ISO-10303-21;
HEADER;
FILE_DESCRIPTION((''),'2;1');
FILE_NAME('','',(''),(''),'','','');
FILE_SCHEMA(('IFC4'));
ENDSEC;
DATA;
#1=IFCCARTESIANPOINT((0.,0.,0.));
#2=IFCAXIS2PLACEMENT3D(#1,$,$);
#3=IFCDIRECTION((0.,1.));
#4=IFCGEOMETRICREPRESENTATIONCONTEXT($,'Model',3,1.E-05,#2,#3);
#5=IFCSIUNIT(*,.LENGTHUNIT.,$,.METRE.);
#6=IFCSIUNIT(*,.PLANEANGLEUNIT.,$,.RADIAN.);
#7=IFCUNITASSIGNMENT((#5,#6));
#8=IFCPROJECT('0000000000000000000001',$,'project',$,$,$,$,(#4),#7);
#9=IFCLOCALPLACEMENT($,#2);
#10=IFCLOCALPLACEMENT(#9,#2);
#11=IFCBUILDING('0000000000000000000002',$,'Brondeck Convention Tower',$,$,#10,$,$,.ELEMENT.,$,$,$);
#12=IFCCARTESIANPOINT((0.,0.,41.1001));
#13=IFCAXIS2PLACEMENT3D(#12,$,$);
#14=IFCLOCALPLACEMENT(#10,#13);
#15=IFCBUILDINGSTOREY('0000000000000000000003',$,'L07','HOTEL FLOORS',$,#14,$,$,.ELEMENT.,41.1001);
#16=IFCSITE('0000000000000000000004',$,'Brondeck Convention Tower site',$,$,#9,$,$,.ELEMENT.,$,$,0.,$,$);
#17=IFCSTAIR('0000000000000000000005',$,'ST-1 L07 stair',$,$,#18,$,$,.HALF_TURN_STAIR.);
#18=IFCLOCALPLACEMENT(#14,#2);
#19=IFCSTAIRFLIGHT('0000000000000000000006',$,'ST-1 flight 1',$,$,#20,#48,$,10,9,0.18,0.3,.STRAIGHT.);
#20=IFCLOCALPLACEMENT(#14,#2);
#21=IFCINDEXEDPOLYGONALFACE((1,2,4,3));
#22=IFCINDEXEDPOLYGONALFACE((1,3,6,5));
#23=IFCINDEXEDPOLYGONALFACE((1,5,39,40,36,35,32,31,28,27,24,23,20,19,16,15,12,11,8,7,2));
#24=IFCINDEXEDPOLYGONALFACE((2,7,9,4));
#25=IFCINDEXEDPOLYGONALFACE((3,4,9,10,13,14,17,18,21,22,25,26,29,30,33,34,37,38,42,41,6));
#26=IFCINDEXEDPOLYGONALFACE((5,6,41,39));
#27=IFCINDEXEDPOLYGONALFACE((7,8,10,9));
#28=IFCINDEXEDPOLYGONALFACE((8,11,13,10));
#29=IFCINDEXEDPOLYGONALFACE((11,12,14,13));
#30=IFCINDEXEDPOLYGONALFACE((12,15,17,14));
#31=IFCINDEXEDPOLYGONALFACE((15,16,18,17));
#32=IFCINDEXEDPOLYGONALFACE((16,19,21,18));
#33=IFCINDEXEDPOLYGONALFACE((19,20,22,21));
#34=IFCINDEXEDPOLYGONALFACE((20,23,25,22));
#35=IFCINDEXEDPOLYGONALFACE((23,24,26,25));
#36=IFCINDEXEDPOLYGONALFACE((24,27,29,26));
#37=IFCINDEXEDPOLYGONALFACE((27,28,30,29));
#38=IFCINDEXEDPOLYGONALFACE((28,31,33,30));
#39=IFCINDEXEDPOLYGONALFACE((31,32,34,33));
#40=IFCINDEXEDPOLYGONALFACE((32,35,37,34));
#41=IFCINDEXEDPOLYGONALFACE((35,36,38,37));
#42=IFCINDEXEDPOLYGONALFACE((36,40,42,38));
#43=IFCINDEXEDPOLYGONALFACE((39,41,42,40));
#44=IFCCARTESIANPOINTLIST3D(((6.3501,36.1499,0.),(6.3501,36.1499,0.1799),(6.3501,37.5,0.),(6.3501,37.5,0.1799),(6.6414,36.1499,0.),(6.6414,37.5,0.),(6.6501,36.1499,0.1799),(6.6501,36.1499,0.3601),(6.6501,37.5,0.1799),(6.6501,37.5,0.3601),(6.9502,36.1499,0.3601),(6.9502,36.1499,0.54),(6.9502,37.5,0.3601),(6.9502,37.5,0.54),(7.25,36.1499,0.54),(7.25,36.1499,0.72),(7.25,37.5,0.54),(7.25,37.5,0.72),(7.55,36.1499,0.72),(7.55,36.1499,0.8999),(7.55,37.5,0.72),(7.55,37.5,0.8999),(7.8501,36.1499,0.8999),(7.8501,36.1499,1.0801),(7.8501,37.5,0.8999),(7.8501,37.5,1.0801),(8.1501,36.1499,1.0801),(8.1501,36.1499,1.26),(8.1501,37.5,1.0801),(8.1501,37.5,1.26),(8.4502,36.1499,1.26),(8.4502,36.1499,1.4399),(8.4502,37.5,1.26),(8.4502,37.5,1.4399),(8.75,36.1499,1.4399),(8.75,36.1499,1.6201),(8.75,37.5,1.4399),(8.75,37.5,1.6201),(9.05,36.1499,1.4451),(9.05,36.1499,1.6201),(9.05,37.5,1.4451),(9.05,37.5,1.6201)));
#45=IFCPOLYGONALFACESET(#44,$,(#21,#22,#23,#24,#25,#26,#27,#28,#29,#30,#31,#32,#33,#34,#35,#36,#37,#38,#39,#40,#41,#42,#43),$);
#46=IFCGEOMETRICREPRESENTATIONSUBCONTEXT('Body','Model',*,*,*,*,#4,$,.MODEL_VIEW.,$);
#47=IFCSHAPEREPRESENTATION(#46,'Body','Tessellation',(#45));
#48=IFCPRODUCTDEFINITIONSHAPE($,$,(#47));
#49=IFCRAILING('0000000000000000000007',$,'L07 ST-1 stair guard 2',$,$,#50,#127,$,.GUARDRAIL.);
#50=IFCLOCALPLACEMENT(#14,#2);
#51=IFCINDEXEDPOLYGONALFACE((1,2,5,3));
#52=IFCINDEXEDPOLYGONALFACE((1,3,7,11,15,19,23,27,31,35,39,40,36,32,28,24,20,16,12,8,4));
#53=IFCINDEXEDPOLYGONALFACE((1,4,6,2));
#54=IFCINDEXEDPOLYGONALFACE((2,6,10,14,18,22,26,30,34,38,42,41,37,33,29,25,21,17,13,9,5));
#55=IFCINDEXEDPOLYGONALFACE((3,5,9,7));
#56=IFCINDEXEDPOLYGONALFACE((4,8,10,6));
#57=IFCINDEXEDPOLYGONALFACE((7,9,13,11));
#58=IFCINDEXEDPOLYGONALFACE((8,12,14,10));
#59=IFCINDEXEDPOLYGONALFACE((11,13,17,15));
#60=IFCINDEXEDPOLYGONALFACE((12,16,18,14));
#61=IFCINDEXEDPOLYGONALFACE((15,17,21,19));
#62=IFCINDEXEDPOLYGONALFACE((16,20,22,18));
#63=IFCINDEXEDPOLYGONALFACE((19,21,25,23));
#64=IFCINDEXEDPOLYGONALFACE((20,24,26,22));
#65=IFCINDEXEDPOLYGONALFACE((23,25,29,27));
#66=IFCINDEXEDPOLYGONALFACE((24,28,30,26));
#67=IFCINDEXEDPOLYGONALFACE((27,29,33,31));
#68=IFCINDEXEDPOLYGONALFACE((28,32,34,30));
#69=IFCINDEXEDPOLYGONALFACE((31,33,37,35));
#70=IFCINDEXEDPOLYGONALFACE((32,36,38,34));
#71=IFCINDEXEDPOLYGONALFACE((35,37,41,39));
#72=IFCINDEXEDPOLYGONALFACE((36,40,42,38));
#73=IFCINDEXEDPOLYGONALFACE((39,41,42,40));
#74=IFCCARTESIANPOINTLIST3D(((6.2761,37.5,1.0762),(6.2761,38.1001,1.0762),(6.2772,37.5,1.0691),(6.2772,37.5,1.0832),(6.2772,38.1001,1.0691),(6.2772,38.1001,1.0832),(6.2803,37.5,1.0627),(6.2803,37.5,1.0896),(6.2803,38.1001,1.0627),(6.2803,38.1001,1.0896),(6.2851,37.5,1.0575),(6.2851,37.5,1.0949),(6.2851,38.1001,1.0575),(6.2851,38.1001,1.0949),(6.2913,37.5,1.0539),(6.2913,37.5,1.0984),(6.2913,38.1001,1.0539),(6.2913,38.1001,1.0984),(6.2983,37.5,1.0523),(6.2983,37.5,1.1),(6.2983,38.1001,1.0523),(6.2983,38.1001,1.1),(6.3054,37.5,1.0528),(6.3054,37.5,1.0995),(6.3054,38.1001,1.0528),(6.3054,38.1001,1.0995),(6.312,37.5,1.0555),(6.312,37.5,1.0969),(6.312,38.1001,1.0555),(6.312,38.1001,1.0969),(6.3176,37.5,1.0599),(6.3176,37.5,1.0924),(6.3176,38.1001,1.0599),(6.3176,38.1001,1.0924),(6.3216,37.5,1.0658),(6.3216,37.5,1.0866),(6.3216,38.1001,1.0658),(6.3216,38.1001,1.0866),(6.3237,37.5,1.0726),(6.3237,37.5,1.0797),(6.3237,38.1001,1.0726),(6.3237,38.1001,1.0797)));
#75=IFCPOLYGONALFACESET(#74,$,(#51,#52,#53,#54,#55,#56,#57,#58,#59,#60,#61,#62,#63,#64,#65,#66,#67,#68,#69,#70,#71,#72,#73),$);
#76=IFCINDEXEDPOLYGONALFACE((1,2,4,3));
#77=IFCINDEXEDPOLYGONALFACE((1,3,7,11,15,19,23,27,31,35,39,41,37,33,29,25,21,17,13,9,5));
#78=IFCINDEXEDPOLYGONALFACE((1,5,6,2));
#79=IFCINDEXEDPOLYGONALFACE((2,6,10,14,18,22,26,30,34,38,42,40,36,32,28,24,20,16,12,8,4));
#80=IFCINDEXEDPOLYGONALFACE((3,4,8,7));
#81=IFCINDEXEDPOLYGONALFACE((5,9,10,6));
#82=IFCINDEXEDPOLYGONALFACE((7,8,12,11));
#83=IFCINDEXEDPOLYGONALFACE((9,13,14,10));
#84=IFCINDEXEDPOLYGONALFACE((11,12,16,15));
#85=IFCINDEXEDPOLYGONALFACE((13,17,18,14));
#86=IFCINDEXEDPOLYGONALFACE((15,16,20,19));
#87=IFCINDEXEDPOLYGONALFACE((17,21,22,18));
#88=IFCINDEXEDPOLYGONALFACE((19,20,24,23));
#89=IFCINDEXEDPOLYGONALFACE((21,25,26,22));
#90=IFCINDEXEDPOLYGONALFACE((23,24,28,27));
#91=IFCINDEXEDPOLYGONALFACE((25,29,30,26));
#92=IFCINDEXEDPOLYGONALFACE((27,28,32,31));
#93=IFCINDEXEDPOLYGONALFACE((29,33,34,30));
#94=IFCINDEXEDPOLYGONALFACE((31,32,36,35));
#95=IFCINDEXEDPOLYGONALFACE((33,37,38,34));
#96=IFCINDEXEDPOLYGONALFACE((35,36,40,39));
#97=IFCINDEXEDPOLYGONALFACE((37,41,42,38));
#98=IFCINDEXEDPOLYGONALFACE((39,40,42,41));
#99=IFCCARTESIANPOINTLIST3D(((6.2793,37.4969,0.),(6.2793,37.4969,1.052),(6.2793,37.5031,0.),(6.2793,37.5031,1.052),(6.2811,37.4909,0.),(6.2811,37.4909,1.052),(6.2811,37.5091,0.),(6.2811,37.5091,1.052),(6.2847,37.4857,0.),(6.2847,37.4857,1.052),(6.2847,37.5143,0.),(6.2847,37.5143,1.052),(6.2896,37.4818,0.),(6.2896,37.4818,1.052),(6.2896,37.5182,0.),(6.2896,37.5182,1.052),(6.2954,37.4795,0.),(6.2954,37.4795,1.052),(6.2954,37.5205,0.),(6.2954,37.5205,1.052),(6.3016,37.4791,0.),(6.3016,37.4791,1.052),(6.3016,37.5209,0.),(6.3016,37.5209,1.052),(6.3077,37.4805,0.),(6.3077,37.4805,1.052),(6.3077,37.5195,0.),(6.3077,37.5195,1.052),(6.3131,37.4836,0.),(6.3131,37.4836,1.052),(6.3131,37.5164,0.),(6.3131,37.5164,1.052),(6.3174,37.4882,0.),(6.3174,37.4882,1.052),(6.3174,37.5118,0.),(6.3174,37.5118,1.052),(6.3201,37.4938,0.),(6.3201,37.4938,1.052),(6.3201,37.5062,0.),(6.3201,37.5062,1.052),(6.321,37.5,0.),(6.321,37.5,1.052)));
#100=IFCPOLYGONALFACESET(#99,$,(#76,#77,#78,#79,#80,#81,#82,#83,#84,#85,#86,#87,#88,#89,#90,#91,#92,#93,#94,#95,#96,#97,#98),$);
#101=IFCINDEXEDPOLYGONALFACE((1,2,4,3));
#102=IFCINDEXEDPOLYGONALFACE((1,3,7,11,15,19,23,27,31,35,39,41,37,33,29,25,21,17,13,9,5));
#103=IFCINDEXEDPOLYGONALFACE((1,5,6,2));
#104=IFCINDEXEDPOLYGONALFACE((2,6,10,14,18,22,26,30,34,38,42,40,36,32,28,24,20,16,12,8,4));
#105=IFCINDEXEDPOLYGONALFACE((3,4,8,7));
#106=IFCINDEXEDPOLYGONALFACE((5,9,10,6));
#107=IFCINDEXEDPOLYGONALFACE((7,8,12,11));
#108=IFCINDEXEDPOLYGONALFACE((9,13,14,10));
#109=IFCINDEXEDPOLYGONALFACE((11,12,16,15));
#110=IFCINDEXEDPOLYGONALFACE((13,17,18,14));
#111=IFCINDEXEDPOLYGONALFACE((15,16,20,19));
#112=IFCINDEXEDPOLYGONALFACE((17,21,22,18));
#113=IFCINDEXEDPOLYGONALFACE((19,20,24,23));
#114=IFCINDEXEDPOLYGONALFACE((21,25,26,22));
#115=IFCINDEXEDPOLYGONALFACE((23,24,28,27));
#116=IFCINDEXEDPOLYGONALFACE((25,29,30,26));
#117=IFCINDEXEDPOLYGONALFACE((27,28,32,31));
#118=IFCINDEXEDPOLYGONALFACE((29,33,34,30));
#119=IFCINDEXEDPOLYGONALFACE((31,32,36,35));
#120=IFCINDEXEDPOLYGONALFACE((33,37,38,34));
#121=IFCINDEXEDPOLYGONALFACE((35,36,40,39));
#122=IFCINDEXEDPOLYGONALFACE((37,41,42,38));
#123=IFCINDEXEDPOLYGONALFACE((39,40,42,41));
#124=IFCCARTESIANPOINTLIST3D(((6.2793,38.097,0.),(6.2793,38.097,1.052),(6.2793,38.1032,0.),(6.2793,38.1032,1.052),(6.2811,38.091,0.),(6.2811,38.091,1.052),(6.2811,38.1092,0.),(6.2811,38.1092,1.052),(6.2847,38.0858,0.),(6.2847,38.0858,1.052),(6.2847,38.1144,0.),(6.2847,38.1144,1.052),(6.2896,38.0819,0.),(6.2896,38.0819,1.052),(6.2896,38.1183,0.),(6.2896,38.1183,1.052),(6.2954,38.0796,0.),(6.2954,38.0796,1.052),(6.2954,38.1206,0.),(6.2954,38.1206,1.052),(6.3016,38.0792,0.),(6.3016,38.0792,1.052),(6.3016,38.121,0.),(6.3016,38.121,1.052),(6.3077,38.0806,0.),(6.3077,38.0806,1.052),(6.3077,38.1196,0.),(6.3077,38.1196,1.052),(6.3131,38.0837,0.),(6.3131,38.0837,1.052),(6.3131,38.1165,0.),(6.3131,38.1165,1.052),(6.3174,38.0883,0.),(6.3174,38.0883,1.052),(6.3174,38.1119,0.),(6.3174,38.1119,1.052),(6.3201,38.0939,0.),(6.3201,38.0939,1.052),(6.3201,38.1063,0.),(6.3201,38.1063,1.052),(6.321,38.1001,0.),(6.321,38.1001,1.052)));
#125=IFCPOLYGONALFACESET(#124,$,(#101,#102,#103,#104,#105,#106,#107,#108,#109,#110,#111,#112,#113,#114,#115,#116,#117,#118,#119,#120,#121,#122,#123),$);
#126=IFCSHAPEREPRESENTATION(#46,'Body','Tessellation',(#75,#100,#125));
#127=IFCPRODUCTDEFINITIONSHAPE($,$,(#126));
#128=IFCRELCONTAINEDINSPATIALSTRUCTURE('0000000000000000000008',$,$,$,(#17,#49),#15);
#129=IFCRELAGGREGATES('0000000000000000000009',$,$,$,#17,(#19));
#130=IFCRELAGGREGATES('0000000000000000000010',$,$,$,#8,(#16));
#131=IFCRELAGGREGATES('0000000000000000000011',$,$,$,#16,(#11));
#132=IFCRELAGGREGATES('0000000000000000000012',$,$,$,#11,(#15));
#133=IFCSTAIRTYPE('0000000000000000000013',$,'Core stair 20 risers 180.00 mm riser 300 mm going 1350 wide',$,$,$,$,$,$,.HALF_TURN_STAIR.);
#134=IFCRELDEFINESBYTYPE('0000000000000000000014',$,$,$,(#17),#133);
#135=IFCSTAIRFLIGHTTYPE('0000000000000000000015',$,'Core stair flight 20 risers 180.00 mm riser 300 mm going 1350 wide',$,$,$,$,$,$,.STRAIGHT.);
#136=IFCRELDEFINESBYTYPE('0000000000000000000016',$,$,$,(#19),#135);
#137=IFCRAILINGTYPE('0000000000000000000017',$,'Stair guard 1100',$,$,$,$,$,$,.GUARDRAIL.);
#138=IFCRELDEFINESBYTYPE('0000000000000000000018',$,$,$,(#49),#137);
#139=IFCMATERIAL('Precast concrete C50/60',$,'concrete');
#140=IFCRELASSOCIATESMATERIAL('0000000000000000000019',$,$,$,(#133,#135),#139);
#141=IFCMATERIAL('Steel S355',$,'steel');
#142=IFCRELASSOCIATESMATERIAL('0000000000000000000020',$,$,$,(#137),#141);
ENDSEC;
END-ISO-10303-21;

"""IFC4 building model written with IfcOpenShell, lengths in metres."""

from ifc_helpers import new_model, si_unit, direction, frame, origin, origin_2d, place, context, subcontext, project, spatial, polyline, circle, outline, extrude, material, type_object, element, aggregate, save


model = new_model("IFC4")

# Units and contexts
model_context = context("Model", 3, precision=1e-05, world=origin(), true_north=direction((0.0, 1.0)))
body_context = subcontext(model_context, "Body", "Model", "MODEL_VIEW")
ifc_project = project(units=[si_unit("LENGTHUNIT", "METRE"), si_unit("PLANEANGLEUNIT", "RADIAN")], contexts=[model_context])

# Site, building, storey
site_placement = place(None, origin())
site = spatial("IfcSite", under=ifc_project, at=site_placement, Name="Brondeck Convention Tower site", CompositionType="ELEMENT", RefElevation=0.0)
building_placement = place(site_placement, origin())
building = spatial("IfcBuilding", under=site, at=building_placement, Name="Brondeck Convention Tower", CompositionType="ELEMENT")
storey_placement = place(building_placement, frame((0.0, 0.0, 41.1001)))
storey = spatial("IfcBuildingStorey", under=building, at=storey_placement, Name="L07", Description="HOTEL FLOORS", CompositionType="ELEMENT", Elevation=41.1001)

# Stair, stair flight
ifc_material_1 = material(Name="Precast concrete C50/60", Category="concrete")
stair_type = type_object("IfcStairType", Name="Core stair 20 risers 180.00 mm riser 300 mm going 1350 wide", PredefinedType="HALF_TURN_STAIR", material=ifc_material_1)
stair_placement = place(storey_placement, origin())
stair = element("IfcStair", 1, at=stair_placement, inside=storey, type_object=stair_type, Name="ST-1 L07 stair", PredefinedType="HALF_TURN_STAIR")
stair_flight_type = type_object("IfcStairFlightType", Name="Core stair flight 20 risers 180.00 mm riser 300 mm going 1350 wide", PredefinedType="STRAIGHT", material=ifc_material_1)
stair_flight_placement = place(storey_placement, frame((6.3501, 36.825, 0.0), z_axis=(0.0, 0.0, 1.0), x_axis=(1.0, 0.0, 0.0)))
stair_flight = element("IfcStairFlight", 2, at=stair_flight_placement, type_object=stair_flight_type, Name="ST-1 flight 1", NumberOfRisers=10, NumberOfTreads=9, PredefinedType="STRAIGHT", RiserHeight=0.18, TreadLength=0.3, context=body_context, shape_type="SweptSolid", body=[
    extrude(outline(polyline([(0.0, 0.0), (0.0, 0.1799), (0.3, 0.1799), (0.3, 0.3601), (0.6001, 0.3601), (0.6001, 0.54), (0.8999, 0.54), (0.8999, 0.72), (1.2, 0.72), (1.2, 0.8999), (1.5, 0.8999), (1.5, 1.0801), (1.8, 1.0801), (1.8, 1.26), (2.1001, 1.26), (2.1001, 1.4399), (2.3999, 1.4399), (2.3999, 1.6201), (2.7, 1.6201), (2.7, 1.8), (2.7, 1.4451), (0.2913, 0.0), (0.0, 0.0)])), frame((0.0, 0.675, 0.0), z_axis=(0.0, -1.0, 0.0), x_axis=(1.0, 0.0, 0.0)), (0.0, 0.0, 1.0), 1.3501),
])
aggregate(stair, [stair_flight])

# Railing
ifc_material_2 = material(Name="Steel S355", Category="steel")
railing_type_1 = type_object("IfcRailingType", Name="Stair guard 1100", PredefinedType="GUARDRAIL", material=ifc_material_2)
railing_1_placement = place(storey_placement, frame((6.3, 37.5, 0.0)))
element("IfcRailing", 3, at=railing_1_placement, inside=storey, type_object=railing_type_1, Name="L07 ST-1 stair guard 2", PredefinedType="GUARDRAIL", context=body_context, shape_type="SweptSolid", body=[
    extrude(circle(Radius=0.0239, at=origin_2d()), frame((0.0, 0.0, 1.0762), z_axis=(0.0, 1.0, 0.0), x_axis=(-1.0, 0.0, 0.0)), (0.0, 0.0, 1.0), 0.6001),
    extrude(circle(Radius=0.021, at=origin_2d()), origin(), (0.0, 0.0, 1.0), 1.052),
    extrude(circle(Radius=0.021, at=origin_2d()), frame((0.0, 0.6001, 0.0)), (0.0, 0.0, 1.0), 1.052),
])

save(model, "model.ifc")
